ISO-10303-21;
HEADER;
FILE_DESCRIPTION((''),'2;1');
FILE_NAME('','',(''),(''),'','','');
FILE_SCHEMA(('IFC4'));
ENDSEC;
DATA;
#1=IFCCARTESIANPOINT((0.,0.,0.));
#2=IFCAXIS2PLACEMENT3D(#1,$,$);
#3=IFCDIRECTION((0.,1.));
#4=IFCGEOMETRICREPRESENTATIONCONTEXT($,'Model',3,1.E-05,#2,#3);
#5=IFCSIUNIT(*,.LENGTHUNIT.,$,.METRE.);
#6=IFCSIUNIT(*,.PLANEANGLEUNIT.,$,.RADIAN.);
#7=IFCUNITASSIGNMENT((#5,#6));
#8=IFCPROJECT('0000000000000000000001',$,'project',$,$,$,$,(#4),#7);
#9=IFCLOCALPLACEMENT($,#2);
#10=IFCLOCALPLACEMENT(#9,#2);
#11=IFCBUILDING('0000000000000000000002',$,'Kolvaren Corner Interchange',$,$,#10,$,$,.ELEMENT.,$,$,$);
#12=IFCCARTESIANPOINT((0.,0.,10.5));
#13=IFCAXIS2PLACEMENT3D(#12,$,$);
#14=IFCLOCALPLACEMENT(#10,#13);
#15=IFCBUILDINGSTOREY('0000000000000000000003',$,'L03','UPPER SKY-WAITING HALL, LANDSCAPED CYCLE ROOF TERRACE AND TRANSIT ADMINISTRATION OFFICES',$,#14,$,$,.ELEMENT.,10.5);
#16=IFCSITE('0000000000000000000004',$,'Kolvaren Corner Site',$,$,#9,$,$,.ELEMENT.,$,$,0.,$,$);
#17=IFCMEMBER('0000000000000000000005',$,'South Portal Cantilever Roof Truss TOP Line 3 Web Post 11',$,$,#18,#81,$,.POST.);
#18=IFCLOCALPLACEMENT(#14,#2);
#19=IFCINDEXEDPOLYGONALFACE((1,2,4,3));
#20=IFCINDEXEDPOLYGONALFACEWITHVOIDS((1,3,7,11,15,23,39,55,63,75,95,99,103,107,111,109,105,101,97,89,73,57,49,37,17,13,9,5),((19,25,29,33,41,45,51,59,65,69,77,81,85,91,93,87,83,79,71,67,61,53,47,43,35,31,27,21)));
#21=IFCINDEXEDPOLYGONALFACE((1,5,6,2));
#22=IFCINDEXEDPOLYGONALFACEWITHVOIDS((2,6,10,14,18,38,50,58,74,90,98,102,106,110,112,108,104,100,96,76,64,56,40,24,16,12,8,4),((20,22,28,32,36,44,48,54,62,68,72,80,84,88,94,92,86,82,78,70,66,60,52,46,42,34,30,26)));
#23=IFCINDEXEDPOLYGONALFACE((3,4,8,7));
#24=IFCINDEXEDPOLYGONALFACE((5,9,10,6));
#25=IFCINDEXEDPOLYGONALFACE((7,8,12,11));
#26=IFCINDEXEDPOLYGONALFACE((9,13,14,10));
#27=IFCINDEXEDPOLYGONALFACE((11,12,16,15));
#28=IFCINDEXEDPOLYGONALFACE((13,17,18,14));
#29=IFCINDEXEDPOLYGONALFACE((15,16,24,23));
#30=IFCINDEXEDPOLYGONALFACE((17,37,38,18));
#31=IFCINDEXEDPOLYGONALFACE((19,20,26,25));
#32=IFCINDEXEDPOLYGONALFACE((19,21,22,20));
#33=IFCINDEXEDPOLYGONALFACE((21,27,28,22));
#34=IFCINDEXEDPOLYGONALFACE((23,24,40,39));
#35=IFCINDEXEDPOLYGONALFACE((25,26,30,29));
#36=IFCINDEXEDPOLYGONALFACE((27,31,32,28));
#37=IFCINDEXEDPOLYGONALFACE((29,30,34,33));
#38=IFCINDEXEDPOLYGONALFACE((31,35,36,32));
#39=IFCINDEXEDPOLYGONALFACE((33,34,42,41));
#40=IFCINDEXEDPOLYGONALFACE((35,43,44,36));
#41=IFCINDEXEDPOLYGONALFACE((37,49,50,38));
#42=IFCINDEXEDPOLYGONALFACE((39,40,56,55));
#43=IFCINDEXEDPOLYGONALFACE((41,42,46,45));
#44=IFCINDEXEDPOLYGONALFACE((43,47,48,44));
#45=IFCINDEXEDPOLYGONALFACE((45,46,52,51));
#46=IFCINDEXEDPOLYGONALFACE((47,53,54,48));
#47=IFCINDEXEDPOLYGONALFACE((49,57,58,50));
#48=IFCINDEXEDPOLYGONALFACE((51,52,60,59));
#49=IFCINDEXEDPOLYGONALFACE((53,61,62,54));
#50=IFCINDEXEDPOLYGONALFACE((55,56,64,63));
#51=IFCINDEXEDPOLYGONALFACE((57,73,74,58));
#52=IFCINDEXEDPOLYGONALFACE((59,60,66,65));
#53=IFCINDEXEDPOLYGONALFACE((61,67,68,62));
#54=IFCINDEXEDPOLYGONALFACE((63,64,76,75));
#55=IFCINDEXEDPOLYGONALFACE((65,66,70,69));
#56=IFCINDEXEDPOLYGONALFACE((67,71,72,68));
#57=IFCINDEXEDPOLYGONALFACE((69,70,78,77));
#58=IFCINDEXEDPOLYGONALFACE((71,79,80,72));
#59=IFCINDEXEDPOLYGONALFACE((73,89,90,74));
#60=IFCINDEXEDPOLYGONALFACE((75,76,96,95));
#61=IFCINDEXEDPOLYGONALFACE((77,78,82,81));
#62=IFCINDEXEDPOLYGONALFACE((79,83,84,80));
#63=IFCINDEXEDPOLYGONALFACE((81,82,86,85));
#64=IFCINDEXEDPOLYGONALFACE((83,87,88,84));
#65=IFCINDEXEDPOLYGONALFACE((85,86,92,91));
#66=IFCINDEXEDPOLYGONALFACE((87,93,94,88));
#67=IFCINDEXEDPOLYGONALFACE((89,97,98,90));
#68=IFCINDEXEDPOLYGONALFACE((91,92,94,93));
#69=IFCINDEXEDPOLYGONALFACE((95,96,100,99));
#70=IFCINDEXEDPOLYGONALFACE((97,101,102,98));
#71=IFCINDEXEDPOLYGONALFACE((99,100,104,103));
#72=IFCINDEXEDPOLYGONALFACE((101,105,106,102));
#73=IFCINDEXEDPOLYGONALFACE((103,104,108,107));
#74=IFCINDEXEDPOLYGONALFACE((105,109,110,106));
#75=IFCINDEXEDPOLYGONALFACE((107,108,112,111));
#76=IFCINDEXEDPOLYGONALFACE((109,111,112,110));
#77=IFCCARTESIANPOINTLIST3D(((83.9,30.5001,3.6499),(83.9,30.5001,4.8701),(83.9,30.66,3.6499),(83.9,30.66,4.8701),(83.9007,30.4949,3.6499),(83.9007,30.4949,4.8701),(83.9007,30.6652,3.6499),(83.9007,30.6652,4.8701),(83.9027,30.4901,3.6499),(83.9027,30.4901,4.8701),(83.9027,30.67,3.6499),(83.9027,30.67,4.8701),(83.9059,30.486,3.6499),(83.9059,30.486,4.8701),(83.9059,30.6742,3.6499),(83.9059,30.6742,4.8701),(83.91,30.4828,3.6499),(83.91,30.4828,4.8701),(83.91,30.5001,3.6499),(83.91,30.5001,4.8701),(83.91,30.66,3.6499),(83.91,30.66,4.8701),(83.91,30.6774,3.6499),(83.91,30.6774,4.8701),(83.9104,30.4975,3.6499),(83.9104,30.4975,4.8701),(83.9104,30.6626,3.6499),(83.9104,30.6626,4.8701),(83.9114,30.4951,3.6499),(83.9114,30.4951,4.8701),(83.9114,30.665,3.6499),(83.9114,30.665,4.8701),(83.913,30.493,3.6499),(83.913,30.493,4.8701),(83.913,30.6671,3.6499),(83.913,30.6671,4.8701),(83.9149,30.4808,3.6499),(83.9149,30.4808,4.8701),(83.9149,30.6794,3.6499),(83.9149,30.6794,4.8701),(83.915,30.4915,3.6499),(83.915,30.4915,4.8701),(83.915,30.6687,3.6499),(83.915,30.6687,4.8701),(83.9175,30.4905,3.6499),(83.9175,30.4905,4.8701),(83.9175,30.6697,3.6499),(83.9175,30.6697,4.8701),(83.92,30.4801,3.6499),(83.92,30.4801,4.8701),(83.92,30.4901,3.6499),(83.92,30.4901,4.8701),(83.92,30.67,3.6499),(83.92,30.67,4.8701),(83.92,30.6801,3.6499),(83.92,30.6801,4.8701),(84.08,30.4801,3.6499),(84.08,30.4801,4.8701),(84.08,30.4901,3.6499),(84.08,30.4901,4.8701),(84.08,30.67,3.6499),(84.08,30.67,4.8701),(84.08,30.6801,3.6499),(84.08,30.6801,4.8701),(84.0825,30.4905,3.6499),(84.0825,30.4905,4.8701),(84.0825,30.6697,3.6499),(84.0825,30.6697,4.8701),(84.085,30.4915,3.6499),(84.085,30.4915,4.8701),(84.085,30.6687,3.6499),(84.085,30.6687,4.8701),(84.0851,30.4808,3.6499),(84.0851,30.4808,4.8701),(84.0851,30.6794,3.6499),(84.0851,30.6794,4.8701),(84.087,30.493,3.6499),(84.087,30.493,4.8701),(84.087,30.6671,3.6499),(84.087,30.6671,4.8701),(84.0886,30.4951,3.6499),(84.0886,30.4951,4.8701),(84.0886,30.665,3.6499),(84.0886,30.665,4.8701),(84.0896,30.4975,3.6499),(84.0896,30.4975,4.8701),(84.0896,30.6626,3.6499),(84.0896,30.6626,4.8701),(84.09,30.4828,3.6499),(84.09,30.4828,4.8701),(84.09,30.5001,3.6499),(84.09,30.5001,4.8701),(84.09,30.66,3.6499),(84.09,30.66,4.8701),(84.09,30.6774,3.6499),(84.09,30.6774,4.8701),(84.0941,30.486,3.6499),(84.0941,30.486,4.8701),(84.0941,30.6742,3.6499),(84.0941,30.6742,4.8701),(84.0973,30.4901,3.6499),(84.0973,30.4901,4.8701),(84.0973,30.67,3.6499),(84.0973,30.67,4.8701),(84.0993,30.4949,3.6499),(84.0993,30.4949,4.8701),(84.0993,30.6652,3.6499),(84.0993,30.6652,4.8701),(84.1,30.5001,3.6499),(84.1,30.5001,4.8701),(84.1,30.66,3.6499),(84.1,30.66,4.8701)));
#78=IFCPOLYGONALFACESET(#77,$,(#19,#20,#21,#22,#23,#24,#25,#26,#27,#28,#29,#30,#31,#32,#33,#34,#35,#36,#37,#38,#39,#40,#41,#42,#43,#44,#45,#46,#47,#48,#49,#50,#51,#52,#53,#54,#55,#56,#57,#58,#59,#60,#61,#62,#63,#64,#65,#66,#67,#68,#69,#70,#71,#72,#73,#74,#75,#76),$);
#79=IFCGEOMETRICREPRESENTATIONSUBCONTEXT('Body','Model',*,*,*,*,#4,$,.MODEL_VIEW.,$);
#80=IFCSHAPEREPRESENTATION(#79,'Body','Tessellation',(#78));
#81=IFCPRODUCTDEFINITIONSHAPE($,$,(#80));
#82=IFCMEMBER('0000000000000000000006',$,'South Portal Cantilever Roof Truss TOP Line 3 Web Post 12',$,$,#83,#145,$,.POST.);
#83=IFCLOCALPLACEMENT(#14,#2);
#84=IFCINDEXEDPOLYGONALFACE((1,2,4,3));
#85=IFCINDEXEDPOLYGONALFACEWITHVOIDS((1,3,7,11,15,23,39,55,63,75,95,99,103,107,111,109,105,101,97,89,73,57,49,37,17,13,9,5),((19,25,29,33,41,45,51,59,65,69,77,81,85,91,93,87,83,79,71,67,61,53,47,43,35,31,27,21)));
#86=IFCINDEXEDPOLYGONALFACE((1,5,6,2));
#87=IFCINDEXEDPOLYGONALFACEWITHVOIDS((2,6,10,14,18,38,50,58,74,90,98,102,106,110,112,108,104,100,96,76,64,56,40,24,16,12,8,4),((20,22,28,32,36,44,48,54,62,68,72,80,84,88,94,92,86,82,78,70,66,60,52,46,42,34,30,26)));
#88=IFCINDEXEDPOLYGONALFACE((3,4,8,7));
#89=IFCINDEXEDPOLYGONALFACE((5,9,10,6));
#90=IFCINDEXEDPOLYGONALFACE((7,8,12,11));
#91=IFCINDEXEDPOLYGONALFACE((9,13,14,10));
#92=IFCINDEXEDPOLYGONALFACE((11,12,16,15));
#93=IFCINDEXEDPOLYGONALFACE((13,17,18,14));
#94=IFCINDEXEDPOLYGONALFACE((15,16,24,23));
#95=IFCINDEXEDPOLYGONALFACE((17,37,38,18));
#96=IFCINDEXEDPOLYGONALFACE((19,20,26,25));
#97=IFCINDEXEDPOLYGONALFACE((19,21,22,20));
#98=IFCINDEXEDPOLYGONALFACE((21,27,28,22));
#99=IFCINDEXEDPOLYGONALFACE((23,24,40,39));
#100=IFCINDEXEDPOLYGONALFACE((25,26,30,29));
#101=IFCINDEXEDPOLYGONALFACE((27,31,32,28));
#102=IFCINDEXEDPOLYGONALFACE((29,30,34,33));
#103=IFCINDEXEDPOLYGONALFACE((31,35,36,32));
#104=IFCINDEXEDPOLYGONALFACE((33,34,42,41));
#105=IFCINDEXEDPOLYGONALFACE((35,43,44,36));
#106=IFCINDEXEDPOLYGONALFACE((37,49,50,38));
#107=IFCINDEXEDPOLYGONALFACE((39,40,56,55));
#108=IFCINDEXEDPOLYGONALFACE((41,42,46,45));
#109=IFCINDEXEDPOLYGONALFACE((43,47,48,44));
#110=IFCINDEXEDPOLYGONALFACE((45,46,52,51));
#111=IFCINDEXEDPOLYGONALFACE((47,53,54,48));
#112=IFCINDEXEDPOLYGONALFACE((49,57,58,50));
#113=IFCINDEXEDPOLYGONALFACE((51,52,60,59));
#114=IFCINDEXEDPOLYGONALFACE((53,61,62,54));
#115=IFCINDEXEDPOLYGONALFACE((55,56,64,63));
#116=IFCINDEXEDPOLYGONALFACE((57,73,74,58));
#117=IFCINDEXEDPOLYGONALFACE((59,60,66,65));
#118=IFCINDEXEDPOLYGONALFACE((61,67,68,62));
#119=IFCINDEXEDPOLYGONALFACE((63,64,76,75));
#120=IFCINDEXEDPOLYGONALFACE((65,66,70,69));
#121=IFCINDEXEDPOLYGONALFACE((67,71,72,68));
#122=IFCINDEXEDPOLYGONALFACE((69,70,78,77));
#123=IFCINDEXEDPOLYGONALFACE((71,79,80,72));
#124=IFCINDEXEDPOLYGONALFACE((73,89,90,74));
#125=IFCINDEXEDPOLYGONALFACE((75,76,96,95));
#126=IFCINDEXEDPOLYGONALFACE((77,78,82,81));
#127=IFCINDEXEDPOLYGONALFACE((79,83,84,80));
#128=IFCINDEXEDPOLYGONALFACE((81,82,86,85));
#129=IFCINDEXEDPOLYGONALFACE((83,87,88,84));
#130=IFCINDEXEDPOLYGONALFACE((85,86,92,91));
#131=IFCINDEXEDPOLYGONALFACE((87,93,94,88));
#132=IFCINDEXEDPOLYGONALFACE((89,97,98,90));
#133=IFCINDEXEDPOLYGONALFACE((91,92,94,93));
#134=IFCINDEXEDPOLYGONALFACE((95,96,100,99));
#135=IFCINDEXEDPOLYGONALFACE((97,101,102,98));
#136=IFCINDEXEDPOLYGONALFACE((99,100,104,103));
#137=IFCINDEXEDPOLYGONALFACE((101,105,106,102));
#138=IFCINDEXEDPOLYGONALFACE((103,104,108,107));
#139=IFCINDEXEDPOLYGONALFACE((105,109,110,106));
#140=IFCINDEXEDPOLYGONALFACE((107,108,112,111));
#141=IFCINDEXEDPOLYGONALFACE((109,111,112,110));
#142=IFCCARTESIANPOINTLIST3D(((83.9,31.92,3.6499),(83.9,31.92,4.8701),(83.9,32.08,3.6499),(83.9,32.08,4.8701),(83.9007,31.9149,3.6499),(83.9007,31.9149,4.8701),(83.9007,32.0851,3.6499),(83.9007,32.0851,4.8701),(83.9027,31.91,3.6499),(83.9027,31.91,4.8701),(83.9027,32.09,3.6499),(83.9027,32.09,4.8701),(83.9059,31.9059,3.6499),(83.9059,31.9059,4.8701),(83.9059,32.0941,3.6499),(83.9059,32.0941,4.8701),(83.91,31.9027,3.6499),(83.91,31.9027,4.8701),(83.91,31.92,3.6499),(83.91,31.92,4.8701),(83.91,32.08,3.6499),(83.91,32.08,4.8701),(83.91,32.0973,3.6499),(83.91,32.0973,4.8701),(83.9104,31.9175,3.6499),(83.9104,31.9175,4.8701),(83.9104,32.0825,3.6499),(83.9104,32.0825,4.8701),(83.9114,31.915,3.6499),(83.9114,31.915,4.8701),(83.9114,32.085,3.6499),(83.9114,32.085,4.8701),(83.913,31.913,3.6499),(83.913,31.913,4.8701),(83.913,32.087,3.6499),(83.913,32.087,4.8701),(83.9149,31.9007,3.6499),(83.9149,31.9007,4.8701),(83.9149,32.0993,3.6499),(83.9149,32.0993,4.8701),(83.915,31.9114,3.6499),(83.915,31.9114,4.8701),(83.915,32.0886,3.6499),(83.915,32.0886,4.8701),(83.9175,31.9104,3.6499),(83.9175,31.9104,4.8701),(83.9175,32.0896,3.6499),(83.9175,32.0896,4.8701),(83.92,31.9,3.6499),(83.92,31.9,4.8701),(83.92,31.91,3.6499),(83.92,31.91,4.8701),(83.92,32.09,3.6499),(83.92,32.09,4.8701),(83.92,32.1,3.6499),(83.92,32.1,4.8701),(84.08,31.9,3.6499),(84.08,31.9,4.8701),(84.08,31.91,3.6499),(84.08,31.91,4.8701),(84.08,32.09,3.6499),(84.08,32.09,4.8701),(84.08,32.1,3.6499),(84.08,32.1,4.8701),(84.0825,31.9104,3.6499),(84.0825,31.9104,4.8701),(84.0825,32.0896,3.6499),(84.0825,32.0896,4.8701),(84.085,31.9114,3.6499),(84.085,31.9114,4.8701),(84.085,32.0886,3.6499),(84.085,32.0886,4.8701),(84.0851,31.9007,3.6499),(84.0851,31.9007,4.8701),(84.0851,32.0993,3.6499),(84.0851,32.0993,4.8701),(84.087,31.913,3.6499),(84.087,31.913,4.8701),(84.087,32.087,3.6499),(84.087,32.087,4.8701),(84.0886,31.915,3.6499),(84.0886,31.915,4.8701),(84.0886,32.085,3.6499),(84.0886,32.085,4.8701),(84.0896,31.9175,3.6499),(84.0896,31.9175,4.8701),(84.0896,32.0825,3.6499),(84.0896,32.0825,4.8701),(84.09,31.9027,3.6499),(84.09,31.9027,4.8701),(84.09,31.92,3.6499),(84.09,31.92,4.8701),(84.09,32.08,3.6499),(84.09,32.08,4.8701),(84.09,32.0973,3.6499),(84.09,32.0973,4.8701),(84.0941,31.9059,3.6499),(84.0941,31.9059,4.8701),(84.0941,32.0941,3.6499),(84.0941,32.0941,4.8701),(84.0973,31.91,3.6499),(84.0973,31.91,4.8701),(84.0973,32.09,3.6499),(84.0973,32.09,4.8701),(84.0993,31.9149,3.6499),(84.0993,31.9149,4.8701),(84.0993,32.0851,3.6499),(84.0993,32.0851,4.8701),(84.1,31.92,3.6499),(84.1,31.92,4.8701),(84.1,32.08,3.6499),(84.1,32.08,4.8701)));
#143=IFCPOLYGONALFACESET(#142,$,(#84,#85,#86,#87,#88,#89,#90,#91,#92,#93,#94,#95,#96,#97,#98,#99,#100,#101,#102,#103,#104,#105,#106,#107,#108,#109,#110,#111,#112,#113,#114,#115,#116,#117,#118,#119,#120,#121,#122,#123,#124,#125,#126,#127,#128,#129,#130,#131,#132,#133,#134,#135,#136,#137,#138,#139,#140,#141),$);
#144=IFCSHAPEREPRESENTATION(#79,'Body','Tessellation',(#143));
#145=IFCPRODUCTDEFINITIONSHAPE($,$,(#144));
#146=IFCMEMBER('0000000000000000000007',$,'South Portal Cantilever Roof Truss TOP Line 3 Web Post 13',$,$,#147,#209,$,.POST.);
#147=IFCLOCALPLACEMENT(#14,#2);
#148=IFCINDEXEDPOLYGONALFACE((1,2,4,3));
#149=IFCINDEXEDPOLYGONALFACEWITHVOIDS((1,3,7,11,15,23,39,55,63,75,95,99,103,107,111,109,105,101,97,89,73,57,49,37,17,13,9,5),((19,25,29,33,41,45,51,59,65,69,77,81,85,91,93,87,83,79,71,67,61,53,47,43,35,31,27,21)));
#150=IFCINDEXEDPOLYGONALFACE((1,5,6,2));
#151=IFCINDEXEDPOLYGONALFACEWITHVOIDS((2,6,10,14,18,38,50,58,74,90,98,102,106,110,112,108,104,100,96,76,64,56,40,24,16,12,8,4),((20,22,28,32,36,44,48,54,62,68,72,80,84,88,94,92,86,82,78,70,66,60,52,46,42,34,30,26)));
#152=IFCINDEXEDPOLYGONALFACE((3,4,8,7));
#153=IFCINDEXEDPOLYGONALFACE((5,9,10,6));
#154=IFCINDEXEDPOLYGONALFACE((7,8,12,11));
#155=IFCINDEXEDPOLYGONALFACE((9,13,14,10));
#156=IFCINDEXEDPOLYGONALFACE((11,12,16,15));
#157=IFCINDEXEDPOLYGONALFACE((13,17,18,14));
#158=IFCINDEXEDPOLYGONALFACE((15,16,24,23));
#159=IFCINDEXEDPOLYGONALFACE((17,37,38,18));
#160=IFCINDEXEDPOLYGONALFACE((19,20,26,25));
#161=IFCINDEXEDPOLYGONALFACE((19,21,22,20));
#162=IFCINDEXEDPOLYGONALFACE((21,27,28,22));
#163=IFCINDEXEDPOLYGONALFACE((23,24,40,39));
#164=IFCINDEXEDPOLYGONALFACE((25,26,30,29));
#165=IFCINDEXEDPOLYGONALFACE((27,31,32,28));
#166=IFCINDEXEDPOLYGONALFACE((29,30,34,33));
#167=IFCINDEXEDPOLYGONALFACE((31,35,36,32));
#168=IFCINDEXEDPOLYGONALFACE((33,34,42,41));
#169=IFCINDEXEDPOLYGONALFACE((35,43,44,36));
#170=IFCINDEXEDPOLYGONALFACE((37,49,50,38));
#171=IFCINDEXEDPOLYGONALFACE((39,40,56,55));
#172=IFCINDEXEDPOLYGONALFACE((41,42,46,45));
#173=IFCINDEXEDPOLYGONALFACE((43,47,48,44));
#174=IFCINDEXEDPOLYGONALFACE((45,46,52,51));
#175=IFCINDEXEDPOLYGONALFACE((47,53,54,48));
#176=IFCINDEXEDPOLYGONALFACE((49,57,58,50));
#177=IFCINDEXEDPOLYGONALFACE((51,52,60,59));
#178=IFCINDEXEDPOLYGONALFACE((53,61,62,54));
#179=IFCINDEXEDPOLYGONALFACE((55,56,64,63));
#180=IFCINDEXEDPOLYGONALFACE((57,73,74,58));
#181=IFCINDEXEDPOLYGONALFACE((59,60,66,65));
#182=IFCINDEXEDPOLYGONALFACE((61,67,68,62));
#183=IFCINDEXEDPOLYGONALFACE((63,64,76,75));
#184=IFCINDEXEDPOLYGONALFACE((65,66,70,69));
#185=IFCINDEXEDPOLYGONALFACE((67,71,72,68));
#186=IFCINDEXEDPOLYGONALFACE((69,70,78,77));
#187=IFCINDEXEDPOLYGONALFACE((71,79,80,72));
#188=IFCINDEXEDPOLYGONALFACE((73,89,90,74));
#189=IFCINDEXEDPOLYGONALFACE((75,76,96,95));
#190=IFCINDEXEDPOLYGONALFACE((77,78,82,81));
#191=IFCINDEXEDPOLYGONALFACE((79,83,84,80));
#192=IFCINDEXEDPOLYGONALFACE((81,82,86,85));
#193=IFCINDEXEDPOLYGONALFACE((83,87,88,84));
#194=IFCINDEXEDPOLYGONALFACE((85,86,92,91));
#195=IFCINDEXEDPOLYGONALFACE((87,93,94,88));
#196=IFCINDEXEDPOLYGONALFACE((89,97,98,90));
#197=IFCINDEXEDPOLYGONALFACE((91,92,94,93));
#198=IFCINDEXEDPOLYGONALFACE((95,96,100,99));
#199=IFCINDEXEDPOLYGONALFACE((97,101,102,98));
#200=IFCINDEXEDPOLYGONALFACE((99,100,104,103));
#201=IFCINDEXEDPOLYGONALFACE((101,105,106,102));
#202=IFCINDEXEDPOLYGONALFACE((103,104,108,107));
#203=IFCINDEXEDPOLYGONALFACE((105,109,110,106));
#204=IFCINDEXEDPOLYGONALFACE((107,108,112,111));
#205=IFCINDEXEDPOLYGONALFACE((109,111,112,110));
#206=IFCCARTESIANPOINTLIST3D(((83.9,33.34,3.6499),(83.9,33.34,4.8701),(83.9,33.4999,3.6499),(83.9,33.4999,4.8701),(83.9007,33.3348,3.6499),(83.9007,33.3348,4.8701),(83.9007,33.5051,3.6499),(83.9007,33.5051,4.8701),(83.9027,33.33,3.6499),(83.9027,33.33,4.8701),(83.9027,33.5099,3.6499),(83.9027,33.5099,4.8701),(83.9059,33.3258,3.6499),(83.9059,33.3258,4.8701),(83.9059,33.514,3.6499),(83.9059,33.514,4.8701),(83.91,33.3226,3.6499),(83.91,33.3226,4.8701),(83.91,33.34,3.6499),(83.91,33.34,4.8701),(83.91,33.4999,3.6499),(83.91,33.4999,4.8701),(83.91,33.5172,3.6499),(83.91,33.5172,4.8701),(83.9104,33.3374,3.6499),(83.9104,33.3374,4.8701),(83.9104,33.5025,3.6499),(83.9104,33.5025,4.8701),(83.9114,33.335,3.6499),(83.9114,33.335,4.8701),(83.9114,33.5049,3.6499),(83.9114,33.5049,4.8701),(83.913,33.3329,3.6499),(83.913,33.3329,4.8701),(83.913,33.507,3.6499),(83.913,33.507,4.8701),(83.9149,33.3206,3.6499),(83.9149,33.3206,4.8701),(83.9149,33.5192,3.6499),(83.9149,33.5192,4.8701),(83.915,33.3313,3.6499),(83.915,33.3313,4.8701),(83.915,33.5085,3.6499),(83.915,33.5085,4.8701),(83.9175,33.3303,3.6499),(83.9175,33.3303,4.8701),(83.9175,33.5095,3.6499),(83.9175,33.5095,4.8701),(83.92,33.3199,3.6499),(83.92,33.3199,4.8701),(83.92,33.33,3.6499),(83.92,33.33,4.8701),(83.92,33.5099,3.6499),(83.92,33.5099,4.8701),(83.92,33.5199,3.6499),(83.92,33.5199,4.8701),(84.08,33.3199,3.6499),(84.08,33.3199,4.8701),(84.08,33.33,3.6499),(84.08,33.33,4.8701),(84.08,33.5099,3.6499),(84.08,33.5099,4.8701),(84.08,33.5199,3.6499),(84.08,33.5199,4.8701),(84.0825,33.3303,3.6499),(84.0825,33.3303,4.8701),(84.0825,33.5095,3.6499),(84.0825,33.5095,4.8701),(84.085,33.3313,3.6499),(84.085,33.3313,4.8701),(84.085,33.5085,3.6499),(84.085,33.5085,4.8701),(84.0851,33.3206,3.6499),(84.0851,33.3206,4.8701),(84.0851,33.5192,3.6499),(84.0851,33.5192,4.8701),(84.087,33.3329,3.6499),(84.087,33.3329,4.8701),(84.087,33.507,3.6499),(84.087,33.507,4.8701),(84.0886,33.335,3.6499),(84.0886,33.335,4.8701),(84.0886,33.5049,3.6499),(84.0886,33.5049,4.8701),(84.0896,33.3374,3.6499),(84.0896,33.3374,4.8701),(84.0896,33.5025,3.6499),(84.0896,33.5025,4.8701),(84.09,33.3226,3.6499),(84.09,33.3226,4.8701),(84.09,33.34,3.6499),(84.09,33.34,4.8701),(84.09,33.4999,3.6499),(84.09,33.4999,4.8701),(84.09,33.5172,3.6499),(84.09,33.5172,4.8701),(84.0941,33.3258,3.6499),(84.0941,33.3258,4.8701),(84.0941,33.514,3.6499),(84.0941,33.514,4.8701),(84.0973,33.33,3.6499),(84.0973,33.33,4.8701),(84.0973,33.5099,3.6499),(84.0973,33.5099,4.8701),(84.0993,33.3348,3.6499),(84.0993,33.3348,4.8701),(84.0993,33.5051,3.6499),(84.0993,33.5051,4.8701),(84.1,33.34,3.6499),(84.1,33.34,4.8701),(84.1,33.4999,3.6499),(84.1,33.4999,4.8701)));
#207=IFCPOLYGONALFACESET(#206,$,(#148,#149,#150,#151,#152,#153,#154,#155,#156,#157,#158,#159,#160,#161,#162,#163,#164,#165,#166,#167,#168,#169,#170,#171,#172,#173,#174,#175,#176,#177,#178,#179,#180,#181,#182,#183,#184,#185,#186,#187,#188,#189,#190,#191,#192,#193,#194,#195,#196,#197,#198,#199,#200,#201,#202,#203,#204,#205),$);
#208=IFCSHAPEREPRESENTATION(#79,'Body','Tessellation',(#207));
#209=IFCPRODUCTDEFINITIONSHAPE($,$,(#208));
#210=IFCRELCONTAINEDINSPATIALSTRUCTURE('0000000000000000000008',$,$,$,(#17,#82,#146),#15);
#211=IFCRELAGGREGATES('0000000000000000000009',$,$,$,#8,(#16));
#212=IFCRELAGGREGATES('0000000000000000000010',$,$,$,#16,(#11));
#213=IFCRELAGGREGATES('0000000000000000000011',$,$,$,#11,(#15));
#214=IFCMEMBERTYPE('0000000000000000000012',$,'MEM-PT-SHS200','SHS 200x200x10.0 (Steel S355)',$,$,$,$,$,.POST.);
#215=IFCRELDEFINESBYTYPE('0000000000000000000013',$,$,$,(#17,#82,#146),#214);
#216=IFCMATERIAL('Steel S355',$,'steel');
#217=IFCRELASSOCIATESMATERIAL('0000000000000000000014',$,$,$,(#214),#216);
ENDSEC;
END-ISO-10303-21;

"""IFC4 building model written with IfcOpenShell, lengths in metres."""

from ifc_helpers import new_model, si_unit, direction, frame, origin, origin_2d, place, context, subcontext, project, spatial, hollow_rectangle, extrude, material, material_profile, profile_set, type_object, element, save


model = new_model("IFC4")

# Units and contexts
model_context = context("Model", 3, precision=1e-05, world=origin(), true_north=direction((0.0, 1.0)))
body_context = subcontext(model_context, "Body", "Model", "MODEL_VIEW")
ifc_project = project(units=[si_unit("LENGTHUNIT", "METRE"), si_unit("PLANEANGLEUNIT", "RADIAN")], contexts=[model_context])

# Site, building, storey
site_placement = place(None, origin())
site = spatial("IfcSite", under=ifc_project, at=site_placement, Name="Kolvaren Corner Site", CompositionType="ELEMENT", RefElevation=0.0)
building_placement = place(site_placement, origin())
building = spatial("IfcBuilding", under=site, at=building_placement, Name="Kolvaren Corner Interchange", CompositionType="ELEMENT")
storey_placement = place(building_placement, frame((0.0, 0.0, 10.5)))
storey = spatial("IfcBuildingStorey", under=building, at=storey_placement, Name="L03", Description="UPPER SKY-WAITING HALL, LANDSCAPED CYCLE ROOF TERRACE AND TRANSIT ADMINISTRATION OFFICES", CompositionType="ELEMENT", Elevation=10.5)

# Members
ifc_material_1 = material(Name="Steel S355", Category="steel")
ifc_material_profile_1 = material_profile(ifc_material_1, hollow_rectangle(XDim=0.2, YDim=0.2, WallThickness=0.01, InnerFilletRadius=0.01, OuterFilletRadius=0.02, at=origin_2d()), Name="SHS 200x200x10.0")
ifc_profile_set_1 = profile_set([ifc_material_profile_1], Name="Steel S355")
member_type_1 = type_object("IfcMemberType", Name="MEM-PT-SHS200", Description="SHS 200x200x10.0 (Steel S355)", PredefinedType="POST", material=ifc_profile_set_1)
for number, where, z_axis, x_axis, name in (
    (1, (84.0, 30.5801, 3.6499), (0.0, 0.0, 1.0), (1.0, 0.0, 0.0), "South Portal Cantilever Roof Truss TOP Line 3 Web Post 11"),
    (2, (84.0, 32.0, 3.6499), (0.0, 0.0, 1.0), (1.0, 0.0, 0.0), "South Portal Cantilever Roof Truss TOP Line 3 Web Post 12"),
    (3, (84.0, 33.4199, 3.6499), (0.0, 0.0, 1.0), (1.0, 0.0, 0.0), "South Portal Cantilever Roof Truss TOP Line 3 Web Post 13"),
):
    element("IfcMember", number, at=place(storey_placement, frame(where, z_axis=z_axis, x_axis=x_axis)), inside=storey, type_object=member_type_1, Name=name, PredefinedType="POST", context=body_context, shape_type="SweptSolid", body=[
        extrude(hollow_rectangle(XDim=0.2, YDim=0.2, WallThickness=0.01, InnerFilletRadius=0.01, OuterFilletRadius=0.02, at=origin_2d()), origin(), (0.0, 0.0, 1.0), 1.2202),
    ])

save(model, "model.ifc")
